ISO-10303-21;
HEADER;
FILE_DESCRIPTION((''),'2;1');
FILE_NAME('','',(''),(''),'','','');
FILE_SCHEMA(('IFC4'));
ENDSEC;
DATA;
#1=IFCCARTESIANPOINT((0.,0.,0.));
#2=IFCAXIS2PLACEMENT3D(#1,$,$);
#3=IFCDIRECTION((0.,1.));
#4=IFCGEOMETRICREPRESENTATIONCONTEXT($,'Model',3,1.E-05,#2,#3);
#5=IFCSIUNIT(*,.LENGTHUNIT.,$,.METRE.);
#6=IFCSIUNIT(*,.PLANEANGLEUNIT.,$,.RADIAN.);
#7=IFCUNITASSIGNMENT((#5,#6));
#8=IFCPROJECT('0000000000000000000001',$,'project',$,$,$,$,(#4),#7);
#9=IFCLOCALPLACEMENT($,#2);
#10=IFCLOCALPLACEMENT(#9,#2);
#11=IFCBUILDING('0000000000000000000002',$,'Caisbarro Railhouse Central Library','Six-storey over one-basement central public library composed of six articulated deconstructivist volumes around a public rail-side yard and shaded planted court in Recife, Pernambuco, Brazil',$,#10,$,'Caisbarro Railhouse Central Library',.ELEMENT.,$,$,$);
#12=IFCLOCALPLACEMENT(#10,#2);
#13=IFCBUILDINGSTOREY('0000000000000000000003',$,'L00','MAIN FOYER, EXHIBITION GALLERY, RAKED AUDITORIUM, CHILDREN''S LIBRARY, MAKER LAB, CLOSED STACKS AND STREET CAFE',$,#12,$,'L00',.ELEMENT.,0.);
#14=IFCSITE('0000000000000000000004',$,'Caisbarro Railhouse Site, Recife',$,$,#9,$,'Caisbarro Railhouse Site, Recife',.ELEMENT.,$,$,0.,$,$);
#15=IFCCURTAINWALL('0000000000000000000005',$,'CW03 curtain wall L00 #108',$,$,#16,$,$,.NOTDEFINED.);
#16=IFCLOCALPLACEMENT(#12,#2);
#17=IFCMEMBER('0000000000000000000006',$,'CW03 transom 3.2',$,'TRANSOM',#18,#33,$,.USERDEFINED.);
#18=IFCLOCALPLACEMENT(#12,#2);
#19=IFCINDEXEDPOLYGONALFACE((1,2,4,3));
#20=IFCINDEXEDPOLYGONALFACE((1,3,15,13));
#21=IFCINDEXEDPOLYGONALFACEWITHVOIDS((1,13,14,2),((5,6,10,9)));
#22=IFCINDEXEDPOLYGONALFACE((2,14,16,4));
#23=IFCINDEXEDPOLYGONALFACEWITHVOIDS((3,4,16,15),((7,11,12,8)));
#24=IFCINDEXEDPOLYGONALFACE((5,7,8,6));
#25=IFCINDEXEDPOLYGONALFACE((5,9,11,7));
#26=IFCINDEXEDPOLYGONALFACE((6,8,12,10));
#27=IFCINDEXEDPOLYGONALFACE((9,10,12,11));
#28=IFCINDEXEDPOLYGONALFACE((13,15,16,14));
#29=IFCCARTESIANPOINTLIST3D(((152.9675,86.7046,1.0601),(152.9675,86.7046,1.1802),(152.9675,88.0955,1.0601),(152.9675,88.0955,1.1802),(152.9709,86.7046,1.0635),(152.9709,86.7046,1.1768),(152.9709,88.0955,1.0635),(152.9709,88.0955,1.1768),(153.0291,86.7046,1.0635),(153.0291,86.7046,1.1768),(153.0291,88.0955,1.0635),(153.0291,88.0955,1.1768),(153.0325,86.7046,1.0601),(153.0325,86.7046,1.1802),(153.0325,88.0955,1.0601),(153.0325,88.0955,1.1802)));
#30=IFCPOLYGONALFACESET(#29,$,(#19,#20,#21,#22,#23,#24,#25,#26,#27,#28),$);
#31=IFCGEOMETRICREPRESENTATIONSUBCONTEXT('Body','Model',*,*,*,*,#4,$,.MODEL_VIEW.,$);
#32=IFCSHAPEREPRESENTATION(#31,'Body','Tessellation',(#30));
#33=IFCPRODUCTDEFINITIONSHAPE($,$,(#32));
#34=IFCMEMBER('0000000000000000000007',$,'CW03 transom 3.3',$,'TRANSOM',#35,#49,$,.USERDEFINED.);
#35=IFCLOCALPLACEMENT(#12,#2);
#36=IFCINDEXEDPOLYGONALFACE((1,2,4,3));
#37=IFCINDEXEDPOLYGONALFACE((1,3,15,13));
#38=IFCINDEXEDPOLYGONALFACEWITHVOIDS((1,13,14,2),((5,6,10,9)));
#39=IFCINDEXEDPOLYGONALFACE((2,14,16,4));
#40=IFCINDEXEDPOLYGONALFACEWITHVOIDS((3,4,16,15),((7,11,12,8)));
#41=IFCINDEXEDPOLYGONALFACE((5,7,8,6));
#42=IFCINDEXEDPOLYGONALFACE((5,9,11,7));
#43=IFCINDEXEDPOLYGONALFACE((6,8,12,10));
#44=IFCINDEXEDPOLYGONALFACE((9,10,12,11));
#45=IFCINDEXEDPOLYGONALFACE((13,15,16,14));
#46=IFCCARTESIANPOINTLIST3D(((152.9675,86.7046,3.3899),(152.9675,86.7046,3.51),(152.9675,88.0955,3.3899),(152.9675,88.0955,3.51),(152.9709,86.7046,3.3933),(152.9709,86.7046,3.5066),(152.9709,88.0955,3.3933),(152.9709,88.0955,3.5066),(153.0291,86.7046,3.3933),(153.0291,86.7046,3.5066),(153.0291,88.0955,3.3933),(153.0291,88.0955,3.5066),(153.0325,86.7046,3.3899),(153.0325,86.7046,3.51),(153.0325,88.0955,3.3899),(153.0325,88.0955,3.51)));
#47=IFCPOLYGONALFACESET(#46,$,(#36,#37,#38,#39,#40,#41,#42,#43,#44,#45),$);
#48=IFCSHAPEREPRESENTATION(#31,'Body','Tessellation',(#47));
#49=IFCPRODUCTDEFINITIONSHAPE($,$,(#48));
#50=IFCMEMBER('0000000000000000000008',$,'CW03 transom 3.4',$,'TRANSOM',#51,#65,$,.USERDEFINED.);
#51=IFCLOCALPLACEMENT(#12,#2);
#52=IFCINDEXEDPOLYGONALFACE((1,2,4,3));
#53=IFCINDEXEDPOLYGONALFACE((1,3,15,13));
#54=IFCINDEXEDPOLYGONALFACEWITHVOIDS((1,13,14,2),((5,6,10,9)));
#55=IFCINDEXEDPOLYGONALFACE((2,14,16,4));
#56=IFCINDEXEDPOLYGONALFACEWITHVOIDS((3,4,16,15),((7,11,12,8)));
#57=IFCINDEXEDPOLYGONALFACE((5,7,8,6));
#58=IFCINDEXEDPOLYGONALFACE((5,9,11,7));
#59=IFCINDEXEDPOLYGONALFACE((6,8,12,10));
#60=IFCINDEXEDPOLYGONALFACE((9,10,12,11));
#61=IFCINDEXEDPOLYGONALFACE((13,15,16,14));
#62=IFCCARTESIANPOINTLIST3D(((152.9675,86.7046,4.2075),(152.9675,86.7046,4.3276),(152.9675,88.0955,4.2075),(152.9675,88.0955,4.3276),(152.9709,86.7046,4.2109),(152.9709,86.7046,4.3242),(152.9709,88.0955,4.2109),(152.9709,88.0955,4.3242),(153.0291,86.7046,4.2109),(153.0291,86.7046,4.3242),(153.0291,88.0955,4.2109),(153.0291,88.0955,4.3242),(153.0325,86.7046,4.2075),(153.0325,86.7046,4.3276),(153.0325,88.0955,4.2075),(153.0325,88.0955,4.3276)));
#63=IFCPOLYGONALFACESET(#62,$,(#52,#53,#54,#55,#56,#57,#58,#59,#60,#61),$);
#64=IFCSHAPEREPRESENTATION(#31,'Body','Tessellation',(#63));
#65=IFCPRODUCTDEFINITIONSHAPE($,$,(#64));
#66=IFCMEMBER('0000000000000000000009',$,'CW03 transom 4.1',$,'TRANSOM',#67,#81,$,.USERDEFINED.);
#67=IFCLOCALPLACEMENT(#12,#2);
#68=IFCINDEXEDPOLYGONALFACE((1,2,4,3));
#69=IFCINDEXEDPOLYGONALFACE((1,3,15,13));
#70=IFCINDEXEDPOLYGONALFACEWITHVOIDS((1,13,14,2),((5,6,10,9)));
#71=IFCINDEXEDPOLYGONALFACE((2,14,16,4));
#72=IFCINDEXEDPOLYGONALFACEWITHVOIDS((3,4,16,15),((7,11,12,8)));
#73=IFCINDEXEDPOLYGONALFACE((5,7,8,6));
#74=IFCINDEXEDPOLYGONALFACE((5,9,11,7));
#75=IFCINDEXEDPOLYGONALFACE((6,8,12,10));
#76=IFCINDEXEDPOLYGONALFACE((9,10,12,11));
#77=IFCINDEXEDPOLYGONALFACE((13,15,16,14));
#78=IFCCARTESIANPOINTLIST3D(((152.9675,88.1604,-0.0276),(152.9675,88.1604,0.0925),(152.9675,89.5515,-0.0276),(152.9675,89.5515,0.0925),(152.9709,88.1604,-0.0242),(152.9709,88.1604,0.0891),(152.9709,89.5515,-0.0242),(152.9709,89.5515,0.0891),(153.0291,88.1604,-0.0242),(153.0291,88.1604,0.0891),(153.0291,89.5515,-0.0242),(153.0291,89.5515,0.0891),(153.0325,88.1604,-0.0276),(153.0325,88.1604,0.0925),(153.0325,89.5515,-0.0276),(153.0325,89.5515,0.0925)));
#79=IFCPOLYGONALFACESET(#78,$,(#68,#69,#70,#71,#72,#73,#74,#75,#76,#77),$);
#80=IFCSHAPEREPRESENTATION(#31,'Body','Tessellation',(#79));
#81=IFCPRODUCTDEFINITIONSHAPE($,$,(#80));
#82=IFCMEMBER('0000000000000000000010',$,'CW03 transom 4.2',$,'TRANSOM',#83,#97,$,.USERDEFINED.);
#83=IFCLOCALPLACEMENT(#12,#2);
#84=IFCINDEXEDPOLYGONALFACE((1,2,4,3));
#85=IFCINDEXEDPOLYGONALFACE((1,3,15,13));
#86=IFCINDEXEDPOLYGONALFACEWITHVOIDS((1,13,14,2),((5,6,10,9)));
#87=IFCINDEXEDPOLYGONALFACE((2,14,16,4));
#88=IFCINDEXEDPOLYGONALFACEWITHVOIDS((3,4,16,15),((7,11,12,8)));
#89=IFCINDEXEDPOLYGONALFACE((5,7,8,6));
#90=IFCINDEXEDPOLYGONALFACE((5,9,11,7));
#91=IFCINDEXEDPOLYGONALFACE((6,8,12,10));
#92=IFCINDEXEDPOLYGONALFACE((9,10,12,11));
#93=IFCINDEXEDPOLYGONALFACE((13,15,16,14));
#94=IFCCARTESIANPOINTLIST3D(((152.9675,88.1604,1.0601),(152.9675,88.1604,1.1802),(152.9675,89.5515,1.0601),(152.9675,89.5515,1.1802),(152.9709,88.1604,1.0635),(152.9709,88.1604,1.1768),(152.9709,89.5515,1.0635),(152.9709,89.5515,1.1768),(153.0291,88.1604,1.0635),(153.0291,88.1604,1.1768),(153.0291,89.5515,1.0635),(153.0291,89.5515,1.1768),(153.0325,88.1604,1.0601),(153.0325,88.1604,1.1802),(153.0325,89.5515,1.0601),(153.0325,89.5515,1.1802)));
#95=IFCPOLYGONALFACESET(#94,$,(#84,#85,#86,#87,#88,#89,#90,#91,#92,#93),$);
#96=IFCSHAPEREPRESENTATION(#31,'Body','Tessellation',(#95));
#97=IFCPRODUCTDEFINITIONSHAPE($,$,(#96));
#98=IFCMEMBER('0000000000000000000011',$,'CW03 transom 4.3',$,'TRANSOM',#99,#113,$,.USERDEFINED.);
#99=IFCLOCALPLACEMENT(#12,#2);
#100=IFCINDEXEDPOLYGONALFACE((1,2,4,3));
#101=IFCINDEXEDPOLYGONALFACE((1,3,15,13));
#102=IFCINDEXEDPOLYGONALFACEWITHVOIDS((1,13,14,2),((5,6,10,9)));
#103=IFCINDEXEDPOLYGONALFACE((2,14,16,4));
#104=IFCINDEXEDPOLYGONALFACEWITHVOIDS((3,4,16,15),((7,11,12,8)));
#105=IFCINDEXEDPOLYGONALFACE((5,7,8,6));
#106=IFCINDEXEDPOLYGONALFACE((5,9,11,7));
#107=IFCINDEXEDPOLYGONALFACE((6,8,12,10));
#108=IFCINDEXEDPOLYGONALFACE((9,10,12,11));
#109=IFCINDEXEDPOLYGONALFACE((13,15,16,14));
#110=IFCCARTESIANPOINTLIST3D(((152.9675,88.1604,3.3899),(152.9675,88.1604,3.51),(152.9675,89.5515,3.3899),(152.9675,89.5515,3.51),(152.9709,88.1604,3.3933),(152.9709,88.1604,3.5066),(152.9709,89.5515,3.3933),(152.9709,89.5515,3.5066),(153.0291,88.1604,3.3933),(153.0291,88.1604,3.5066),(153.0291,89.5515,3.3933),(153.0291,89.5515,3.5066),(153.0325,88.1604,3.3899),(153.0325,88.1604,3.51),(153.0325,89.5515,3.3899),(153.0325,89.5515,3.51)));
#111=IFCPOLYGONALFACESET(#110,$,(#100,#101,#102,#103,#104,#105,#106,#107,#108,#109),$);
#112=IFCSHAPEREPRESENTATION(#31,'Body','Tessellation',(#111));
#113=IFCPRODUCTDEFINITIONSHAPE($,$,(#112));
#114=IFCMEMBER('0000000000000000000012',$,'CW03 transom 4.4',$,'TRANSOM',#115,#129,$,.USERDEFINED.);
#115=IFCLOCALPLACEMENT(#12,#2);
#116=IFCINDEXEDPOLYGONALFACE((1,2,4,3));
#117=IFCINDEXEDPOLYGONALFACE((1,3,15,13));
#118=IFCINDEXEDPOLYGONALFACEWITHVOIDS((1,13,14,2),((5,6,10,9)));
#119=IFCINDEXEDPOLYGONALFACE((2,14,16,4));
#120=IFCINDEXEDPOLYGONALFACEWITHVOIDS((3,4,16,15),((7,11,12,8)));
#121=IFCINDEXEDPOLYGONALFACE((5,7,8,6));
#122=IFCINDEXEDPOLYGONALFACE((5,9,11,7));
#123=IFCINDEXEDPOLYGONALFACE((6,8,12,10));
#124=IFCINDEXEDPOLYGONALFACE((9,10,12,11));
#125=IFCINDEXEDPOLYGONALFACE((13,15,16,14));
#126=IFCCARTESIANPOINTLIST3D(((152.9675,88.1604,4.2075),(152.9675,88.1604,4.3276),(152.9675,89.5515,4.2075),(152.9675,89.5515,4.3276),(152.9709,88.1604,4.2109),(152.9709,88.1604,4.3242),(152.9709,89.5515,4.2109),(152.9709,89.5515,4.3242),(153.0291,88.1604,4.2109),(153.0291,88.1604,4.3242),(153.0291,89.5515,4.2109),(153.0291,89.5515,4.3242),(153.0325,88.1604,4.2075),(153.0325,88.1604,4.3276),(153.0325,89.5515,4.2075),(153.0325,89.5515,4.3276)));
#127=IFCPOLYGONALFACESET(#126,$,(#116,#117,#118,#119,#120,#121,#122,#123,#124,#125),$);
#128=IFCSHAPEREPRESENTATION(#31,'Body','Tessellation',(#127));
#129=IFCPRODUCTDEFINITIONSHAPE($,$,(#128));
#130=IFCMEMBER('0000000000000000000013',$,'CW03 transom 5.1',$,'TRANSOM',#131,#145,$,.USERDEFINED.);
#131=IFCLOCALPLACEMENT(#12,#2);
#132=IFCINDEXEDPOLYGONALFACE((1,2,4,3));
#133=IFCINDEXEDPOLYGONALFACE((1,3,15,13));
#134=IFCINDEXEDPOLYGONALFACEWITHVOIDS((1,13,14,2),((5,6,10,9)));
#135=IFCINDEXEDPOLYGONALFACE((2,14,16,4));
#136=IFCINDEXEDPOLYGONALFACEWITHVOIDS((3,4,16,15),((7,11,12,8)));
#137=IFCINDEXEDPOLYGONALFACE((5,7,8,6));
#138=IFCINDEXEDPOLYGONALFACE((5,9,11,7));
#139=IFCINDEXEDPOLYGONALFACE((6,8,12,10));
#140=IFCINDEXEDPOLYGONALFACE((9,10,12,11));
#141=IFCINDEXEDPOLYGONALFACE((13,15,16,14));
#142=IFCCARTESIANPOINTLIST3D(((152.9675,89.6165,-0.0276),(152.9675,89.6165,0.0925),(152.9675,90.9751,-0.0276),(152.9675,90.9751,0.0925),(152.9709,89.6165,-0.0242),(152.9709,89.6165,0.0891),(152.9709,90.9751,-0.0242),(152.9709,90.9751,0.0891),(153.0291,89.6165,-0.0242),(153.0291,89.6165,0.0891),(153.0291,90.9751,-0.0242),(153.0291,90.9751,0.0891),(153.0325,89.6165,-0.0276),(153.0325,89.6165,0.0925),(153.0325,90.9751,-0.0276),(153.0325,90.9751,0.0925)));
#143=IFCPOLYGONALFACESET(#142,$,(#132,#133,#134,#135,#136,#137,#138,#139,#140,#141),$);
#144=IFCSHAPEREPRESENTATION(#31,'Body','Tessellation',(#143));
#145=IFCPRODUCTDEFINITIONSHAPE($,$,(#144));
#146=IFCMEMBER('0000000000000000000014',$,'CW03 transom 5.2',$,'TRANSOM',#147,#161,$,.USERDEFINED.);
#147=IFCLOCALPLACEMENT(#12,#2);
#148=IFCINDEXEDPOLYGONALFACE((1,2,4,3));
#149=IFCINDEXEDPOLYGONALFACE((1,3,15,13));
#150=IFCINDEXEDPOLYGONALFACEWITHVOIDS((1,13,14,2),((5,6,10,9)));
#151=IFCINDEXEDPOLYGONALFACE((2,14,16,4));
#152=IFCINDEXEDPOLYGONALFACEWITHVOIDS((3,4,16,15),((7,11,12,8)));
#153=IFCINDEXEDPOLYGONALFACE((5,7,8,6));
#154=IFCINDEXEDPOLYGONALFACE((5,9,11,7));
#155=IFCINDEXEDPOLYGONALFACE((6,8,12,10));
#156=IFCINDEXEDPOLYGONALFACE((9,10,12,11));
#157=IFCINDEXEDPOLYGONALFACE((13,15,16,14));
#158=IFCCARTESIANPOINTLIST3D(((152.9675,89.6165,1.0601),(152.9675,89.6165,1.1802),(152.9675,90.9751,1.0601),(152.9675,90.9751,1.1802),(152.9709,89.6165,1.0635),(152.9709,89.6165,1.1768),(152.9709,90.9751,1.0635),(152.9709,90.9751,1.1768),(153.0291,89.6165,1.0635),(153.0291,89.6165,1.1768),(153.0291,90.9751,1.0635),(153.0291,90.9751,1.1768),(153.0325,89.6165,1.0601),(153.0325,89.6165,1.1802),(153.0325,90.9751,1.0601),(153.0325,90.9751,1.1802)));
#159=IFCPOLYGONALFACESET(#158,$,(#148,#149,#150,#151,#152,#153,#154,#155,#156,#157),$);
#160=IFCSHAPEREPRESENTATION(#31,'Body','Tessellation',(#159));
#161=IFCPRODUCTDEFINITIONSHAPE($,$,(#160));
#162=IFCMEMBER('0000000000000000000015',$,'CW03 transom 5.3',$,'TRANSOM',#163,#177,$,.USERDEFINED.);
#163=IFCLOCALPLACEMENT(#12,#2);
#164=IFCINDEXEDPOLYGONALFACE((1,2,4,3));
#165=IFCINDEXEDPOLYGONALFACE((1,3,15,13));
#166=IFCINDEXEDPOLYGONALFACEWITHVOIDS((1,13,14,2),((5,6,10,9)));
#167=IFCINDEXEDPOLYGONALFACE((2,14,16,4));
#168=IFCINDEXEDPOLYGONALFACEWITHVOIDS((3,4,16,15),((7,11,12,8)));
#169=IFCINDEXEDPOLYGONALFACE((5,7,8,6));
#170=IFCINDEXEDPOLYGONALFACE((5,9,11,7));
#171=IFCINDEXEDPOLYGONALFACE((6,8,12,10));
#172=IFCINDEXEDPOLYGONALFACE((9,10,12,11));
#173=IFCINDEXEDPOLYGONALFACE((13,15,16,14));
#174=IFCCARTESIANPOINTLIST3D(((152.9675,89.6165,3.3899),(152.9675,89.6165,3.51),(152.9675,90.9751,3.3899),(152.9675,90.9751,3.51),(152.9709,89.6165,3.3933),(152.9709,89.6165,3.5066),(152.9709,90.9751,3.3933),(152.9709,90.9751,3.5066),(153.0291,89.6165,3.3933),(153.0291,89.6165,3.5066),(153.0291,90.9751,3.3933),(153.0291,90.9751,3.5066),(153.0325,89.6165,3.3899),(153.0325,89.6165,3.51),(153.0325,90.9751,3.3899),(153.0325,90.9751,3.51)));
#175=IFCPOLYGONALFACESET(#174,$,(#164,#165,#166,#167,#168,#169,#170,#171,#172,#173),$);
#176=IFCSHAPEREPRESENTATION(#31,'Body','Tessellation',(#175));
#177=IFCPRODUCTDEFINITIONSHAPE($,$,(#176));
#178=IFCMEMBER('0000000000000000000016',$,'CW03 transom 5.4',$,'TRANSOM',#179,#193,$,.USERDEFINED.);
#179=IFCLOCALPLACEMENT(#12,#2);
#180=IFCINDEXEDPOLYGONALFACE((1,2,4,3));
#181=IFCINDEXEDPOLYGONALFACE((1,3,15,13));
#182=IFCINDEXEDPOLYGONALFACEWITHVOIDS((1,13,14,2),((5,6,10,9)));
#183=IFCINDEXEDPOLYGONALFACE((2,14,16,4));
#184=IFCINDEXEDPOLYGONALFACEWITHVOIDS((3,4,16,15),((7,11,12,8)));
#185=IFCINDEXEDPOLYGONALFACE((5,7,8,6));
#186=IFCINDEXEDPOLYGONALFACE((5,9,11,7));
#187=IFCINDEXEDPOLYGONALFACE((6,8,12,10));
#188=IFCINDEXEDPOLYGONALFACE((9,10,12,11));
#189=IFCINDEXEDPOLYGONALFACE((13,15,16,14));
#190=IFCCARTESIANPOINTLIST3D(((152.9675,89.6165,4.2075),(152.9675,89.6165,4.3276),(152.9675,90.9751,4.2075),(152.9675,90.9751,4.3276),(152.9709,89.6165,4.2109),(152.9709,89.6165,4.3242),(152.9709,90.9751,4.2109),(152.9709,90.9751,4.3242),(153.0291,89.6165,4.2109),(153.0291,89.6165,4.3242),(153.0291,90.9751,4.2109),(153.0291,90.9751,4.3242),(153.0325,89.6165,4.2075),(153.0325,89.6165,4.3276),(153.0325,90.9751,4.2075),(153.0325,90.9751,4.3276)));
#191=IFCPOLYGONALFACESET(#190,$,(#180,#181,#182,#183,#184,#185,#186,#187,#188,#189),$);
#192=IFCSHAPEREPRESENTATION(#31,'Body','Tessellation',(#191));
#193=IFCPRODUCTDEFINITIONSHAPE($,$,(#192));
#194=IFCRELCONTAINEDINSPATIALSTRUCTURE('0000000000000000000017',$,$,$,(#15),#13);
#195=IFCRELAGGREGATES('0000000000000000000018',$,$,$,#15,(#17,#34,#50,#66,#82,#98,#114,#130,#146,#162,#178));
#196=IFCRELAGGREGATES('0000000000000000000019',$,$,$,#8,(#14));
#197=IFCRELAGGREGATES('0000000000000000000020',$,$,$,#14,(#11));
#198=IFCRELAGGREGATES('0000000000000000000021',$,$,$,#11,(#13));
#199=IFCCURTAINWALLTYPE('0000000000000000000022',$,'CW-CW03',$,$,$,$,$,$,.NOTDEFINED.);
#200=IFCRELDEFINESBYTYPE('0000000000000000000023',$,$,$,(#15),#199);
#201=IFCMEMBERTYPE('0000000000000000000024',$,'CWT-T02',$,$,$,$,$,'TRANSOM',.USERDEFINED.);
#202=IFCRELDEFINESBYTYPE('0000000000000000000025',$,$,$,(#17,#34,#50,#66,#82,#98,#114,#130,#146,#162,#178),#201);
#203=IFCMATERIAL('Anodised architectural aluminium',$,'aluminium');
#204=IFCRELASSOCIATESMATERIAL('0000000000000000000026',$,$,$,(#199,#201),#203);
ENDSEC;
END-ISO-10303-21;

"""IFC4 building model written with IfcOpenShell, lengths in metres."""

from ifc_helpers import new_model, si_unit, direction, frame, origin, origin_2d, place, context, subcontext, project, spatial, hollow_rectangle, extrude, material, material_profile, profile_set, type_object, element, aggregate, save


model = new_model("IFC4")

# Units and contexts
model_context = context("Model", 3, precision=1e-05, world=origin(), true_north=direction((0.0, 1.0)))
body_context = subcontext(model_context, "Body", "Model", "MODEL_VIEW")
ifc_project = project(units=[si_unit("LENGTHUNIT", "METRE"), si_unit("PLANEANGLEUNIT", "RADIAN")], contexts=[model_context])

# Site, building, storey
site_placement = place(None, origin())
site = spatial("IfcSite", under=ifc_project, at=site_placement, Name="Caisbarro Railhouse Site, Recife", LongName="Caisbarro Railhouse Site, Recife", CompositionType="ELEMENT", RefElevation=0.0)
building_placement = place(site_placement, origin())
building = spatial("IfcBuilding", under=site, at=building_placement, Name="Caisbarro Railhouse Central Library", Description="Six-storey over one-basement central public library composed of six articulated deconstructivist volumes around a public rail-side yard and shaded planted court in Recife, Pernambuco, Brazil", LongName="Caisbarro Railhouse Central Library", CompositionType="ELEMENT")
storey_placement = place(building_placement, origin())
storey = spatial("IfcBuildingStorey", under=building, at=storey_placement, Name="L00", Description="MAIN FOYER, EXHIBITION GALLERY, RAKED AUDITORIUM, CHILDREN'S LIBRARY, MAKER LAB, CLOSED STACKS AND STREET CAFE", LongName="L00", CompositionType="ELEMENT", Elevation=0.0)

# Curtain wall, members
ifc_material_1 = material(Name="Anodised architectural aluminium", Category="aluminium")
curtain_wall_type = type_object("IfcCurtainWallType", Name="CW-CW03", PredefinedType="NOTDEFINED", material=ifc_material_1)
curtain_wall_placement = place(storey_placement, origin())
curtain_wall = element("IfcCurtainWall", 1, at=curtain_wall_placement, inside=storey, type_object=curtain_wall_type, Name="CW03 curtain wall L00 #108", PredefinedType="NOTDEFINED")
ifc_material_profile_1 = material_profile(ifc_material_1, hollow_rectangle(XDim=0.0649, YDim=0.1201, WallThickness=0.0034, at=origin_2d()), Name="ALU-TRN-65X120")
ifc_profile_set_1 = profile_set([ifc_material_profile_1], Name="Anodised architectural aluminium")
member_type_1 = type_object("IfcMemberType", Name="CWT-T02", ElementType="TRANSOM", PredefinedType="USERDEFINED", material=ifc_profile_set_1)
member_1_placement = place(storey_placement, frame((153.0, 86.7046, 1.1201), z_axis=(0.0, 1.0, 0.0), x_axis=(-1.0, 0.0, 0.0)))
member_1 = element("IfcMember", 2, at=member_1_placement, type_object=member_type_1, Name="CW03 transom 3.2", ObjectType="TRANSOM", PredefinedType="USERDEFINED", context=body_context, shape_type="SweptSolid", body=[
    extrude(hollow_rectangle(XDim=0.0649, YDim=0.1201, WallThickness=0.0034, at=origin_2d()), origin(), (0.0, 0.0, 1.0), 1.3909),
])
member_2_placement = place(storey_placement, frame((153.0, 86.7046, 3.45), z_axis=(0.0, 1.0, 0.0), x_axis=(-1.0, 0.0, 0.0)))
member_2 = element("IfcMember", 3, at=member_2_placement, type_object=member_type_1, Name="CW03 transom 3.3", ObjectType="TRANSOM", PredefinedType="USERDEFINED", context=body_context, shape_type="SweptSolid", body=[
    extrude(hollow_rectangle(XDim=0.0649, YDim=0.1201, WallThickness=0.0034, at=origin_2d()), origin(), (0.0, 0.0, 1.0), 1.3909),
])
member_3_placement = place(storey_placement, frame((153.0, 86.7046, 4.2676), z_axis=(0.0, 1.0, 0.0), x_axis=(-1.0, 0.0, 0.0)))
member_3 = element("IfcMember", 4, at=member_3_placement, type_object=member_type_1, Name="CW03 transom 3.4", ObjectType="TRANSOM", PredefinedType="USERDEFINED", context=body_context, shape_type="SweptSolid", body=[
    extrude(hollow_rectangle(XDim=0.0649, YDim=0.1201, WallThickness=0.0034, at=origin_2d()), origin(), (0.0, 0.0, 1.0), 1.3909),
])
member_4_placement = place(storey_placement, frame((153.0, 88.1604, 0.0325), z_axis=(0.0, 1.0, 0.0), x_axis=(-1.0, 0.0, 0.0)))
member_4 = element("IfcMember", 5, at=member_4_placement, type_object=member_type_1, Name="CW03 transom 4.1", ObjectType="TRANSOM", PredefinedType="USERDEFINED", context=body_context, shape_type="SweptSolid", body=[
    extrude(hollow_rectangle(XDim=0.0649, YDim=0.1201, WallThickness=0.0034, at=origin_2d()), origin(), (0.0, 0.0, 1.0), 1.3911),
])
member_5_placement = place(storey_placement, frame((153.0, 88.1604, 1.1201), z_axis=(0.0, 1.0, 0.0), x_axis=(-1.0, 0.0, 0.0)))
member_5 = element("IfcMember", 6, at=member_5_placement, type_object=member_type_1, Name="CW03 transom 4.2", ObjectType="TRANSOM", PredefinedType="USERDEFINED", context=body_context, shape_type="SweptSolid", body=[
    extrude(hollow_rectangle(XDim=0.0649, YDim=0.1201, WallThickness=0.0034, at=origin_2d()), origin(), (0.0, 0.0, 1.0), 1.3911),
])
member_6_placement = place(storey_placement, frame((153.0, 88.1604, 3.45), z_axis=(0.0, 1.0, 0.0), x_axis=(-1.0, 0.0, 0.0)))
member_6 = element("IfcMember", 7, at=member_6_placement, type_object=member_type_1, Name="CW03 transom 4.3", ObjectType="TRANSOM", PredefinedType="USERDEFINED", context=body_context, shape_type="SweptSolid", body=[
    extrude(hollow_rectangle(XDim=0.0649, YDim=0.1201, WallThickness=0.0034, at=origin_2d()), origin(), (0.0, 0.0, 1.0), 1.3911),
])
member_7_placement = place(storey_placement, frame((153.0, 88.1604, 4.2676), z_axis=(0.0, 1.0, 0.0), x_axis=(-1.0, 0.0, 0.0)))
member_7 = element("IfcMember", 8, at=member_7_placement, type_object=member_type_1, Name="CW03 transom 4.4", ObjectType="TRANSOM", PredefinedType="USERDEFINED", context=body_context, shape_type="SweptSolid", body=[
    extrude(hollow_rectangle(XDim=0.0649, YDim=0.1201, WallThickness=0.0034, at=origin_2d()), origin(), (0.0, 0.0, 1.0), 1.3911),
])
member_8_placement = place(storey_placement, frame((153.0, 89.6165, 0.0325), z_axis=(0.0, 1.0, 0.0), x_axis=(-1.0, 0.0, 0.0)))
member_8 = element("IfcMember", 9, at=member_8_placement, type_object=member_type_1, Name="CW03 transom 5.1", ObjectType="TRANSOM", PredefinedType="USERDEFINED", context=body_context, shape_type="SweptSolid", body=[
    extrude(hollow_rectangle(XDim=0.0649, YDim=0.1201, WallThickness=0.0034, at=origin_2d()), origin(), (0.0, 0.0, 1.0), 1.3586),
])
member_9_placement = place(storey_placement, frame((153.0, 89.6165, 1.1201), z_axis=(0.0, 1.0, 0.0), x_axis=(-1.0, 0.0, 0.0)))
member_9 = element("IfcMember", 10, at=member_9_placement, type_object=member_type_1, Name="CW03 transom 5.2", ObjectType="TRANSOM", PredefinedType="USERDEFINED", context=body_context, shape_type="SweptSolid", body=[
    extrude(hollow_rectangle(XDim=0.0649, YDim=0.1201, WallThickness=0.0034, at=origin_2d()), origin(), (0.0, 0.0, 1.0), 1.3586),
])
member_10_placement = place(storey_placement, frame((153.0, 89.6165, 3.45), z_axis=(0.0, 1.0, 0.0), x_axis=(-1.0, 0.0, 0.0)))
member_10 = element("IfcMember", 11, at=member_10_placement, type_object=member_type_1, Name="CW03 transom 5.3", ObjectType="TRANSOM", PredefinedType="USERDEFINED", context=body_context, shape_type="SweptSolid", body=[
    extrude(hollow_rectangle(XDim=0.0649, YDim=0.1201, WallThickness=0.0034, at=origin_2d()), origin(), (0.0, 0.0, 1.0), 1.3586),
])
member_11_placement = place(storey_placement, frame((153.0, 89.6165, 4.2676), z_axis=(0.0, 1.0, 0.0), x_axis=(-1.0, 0.0, 0.0)))
member_11 = element("IfcMember", 12, at=member_11_placement, type_object=member_type_1, Name="CW03 transom 5.4", ObjectType="TRANSOM", PredefinedType="USERDEFINED", context=body_context, shape_type="SweptSolid", body=[
    extrude(hollow_rectangle(XDim=0.0649, YDim=0.1201, WallThickness=0.0034, at=origin_2d()), origin(), (0.0, 0.0, 1.0), 1.3586),
])
aggregate(curtain_wall, [member_1, member_2, member_3, member_4, member_5, member_6, member_7, member_8, member_9, member_10, member_11])

save(model, "model.ifc")
